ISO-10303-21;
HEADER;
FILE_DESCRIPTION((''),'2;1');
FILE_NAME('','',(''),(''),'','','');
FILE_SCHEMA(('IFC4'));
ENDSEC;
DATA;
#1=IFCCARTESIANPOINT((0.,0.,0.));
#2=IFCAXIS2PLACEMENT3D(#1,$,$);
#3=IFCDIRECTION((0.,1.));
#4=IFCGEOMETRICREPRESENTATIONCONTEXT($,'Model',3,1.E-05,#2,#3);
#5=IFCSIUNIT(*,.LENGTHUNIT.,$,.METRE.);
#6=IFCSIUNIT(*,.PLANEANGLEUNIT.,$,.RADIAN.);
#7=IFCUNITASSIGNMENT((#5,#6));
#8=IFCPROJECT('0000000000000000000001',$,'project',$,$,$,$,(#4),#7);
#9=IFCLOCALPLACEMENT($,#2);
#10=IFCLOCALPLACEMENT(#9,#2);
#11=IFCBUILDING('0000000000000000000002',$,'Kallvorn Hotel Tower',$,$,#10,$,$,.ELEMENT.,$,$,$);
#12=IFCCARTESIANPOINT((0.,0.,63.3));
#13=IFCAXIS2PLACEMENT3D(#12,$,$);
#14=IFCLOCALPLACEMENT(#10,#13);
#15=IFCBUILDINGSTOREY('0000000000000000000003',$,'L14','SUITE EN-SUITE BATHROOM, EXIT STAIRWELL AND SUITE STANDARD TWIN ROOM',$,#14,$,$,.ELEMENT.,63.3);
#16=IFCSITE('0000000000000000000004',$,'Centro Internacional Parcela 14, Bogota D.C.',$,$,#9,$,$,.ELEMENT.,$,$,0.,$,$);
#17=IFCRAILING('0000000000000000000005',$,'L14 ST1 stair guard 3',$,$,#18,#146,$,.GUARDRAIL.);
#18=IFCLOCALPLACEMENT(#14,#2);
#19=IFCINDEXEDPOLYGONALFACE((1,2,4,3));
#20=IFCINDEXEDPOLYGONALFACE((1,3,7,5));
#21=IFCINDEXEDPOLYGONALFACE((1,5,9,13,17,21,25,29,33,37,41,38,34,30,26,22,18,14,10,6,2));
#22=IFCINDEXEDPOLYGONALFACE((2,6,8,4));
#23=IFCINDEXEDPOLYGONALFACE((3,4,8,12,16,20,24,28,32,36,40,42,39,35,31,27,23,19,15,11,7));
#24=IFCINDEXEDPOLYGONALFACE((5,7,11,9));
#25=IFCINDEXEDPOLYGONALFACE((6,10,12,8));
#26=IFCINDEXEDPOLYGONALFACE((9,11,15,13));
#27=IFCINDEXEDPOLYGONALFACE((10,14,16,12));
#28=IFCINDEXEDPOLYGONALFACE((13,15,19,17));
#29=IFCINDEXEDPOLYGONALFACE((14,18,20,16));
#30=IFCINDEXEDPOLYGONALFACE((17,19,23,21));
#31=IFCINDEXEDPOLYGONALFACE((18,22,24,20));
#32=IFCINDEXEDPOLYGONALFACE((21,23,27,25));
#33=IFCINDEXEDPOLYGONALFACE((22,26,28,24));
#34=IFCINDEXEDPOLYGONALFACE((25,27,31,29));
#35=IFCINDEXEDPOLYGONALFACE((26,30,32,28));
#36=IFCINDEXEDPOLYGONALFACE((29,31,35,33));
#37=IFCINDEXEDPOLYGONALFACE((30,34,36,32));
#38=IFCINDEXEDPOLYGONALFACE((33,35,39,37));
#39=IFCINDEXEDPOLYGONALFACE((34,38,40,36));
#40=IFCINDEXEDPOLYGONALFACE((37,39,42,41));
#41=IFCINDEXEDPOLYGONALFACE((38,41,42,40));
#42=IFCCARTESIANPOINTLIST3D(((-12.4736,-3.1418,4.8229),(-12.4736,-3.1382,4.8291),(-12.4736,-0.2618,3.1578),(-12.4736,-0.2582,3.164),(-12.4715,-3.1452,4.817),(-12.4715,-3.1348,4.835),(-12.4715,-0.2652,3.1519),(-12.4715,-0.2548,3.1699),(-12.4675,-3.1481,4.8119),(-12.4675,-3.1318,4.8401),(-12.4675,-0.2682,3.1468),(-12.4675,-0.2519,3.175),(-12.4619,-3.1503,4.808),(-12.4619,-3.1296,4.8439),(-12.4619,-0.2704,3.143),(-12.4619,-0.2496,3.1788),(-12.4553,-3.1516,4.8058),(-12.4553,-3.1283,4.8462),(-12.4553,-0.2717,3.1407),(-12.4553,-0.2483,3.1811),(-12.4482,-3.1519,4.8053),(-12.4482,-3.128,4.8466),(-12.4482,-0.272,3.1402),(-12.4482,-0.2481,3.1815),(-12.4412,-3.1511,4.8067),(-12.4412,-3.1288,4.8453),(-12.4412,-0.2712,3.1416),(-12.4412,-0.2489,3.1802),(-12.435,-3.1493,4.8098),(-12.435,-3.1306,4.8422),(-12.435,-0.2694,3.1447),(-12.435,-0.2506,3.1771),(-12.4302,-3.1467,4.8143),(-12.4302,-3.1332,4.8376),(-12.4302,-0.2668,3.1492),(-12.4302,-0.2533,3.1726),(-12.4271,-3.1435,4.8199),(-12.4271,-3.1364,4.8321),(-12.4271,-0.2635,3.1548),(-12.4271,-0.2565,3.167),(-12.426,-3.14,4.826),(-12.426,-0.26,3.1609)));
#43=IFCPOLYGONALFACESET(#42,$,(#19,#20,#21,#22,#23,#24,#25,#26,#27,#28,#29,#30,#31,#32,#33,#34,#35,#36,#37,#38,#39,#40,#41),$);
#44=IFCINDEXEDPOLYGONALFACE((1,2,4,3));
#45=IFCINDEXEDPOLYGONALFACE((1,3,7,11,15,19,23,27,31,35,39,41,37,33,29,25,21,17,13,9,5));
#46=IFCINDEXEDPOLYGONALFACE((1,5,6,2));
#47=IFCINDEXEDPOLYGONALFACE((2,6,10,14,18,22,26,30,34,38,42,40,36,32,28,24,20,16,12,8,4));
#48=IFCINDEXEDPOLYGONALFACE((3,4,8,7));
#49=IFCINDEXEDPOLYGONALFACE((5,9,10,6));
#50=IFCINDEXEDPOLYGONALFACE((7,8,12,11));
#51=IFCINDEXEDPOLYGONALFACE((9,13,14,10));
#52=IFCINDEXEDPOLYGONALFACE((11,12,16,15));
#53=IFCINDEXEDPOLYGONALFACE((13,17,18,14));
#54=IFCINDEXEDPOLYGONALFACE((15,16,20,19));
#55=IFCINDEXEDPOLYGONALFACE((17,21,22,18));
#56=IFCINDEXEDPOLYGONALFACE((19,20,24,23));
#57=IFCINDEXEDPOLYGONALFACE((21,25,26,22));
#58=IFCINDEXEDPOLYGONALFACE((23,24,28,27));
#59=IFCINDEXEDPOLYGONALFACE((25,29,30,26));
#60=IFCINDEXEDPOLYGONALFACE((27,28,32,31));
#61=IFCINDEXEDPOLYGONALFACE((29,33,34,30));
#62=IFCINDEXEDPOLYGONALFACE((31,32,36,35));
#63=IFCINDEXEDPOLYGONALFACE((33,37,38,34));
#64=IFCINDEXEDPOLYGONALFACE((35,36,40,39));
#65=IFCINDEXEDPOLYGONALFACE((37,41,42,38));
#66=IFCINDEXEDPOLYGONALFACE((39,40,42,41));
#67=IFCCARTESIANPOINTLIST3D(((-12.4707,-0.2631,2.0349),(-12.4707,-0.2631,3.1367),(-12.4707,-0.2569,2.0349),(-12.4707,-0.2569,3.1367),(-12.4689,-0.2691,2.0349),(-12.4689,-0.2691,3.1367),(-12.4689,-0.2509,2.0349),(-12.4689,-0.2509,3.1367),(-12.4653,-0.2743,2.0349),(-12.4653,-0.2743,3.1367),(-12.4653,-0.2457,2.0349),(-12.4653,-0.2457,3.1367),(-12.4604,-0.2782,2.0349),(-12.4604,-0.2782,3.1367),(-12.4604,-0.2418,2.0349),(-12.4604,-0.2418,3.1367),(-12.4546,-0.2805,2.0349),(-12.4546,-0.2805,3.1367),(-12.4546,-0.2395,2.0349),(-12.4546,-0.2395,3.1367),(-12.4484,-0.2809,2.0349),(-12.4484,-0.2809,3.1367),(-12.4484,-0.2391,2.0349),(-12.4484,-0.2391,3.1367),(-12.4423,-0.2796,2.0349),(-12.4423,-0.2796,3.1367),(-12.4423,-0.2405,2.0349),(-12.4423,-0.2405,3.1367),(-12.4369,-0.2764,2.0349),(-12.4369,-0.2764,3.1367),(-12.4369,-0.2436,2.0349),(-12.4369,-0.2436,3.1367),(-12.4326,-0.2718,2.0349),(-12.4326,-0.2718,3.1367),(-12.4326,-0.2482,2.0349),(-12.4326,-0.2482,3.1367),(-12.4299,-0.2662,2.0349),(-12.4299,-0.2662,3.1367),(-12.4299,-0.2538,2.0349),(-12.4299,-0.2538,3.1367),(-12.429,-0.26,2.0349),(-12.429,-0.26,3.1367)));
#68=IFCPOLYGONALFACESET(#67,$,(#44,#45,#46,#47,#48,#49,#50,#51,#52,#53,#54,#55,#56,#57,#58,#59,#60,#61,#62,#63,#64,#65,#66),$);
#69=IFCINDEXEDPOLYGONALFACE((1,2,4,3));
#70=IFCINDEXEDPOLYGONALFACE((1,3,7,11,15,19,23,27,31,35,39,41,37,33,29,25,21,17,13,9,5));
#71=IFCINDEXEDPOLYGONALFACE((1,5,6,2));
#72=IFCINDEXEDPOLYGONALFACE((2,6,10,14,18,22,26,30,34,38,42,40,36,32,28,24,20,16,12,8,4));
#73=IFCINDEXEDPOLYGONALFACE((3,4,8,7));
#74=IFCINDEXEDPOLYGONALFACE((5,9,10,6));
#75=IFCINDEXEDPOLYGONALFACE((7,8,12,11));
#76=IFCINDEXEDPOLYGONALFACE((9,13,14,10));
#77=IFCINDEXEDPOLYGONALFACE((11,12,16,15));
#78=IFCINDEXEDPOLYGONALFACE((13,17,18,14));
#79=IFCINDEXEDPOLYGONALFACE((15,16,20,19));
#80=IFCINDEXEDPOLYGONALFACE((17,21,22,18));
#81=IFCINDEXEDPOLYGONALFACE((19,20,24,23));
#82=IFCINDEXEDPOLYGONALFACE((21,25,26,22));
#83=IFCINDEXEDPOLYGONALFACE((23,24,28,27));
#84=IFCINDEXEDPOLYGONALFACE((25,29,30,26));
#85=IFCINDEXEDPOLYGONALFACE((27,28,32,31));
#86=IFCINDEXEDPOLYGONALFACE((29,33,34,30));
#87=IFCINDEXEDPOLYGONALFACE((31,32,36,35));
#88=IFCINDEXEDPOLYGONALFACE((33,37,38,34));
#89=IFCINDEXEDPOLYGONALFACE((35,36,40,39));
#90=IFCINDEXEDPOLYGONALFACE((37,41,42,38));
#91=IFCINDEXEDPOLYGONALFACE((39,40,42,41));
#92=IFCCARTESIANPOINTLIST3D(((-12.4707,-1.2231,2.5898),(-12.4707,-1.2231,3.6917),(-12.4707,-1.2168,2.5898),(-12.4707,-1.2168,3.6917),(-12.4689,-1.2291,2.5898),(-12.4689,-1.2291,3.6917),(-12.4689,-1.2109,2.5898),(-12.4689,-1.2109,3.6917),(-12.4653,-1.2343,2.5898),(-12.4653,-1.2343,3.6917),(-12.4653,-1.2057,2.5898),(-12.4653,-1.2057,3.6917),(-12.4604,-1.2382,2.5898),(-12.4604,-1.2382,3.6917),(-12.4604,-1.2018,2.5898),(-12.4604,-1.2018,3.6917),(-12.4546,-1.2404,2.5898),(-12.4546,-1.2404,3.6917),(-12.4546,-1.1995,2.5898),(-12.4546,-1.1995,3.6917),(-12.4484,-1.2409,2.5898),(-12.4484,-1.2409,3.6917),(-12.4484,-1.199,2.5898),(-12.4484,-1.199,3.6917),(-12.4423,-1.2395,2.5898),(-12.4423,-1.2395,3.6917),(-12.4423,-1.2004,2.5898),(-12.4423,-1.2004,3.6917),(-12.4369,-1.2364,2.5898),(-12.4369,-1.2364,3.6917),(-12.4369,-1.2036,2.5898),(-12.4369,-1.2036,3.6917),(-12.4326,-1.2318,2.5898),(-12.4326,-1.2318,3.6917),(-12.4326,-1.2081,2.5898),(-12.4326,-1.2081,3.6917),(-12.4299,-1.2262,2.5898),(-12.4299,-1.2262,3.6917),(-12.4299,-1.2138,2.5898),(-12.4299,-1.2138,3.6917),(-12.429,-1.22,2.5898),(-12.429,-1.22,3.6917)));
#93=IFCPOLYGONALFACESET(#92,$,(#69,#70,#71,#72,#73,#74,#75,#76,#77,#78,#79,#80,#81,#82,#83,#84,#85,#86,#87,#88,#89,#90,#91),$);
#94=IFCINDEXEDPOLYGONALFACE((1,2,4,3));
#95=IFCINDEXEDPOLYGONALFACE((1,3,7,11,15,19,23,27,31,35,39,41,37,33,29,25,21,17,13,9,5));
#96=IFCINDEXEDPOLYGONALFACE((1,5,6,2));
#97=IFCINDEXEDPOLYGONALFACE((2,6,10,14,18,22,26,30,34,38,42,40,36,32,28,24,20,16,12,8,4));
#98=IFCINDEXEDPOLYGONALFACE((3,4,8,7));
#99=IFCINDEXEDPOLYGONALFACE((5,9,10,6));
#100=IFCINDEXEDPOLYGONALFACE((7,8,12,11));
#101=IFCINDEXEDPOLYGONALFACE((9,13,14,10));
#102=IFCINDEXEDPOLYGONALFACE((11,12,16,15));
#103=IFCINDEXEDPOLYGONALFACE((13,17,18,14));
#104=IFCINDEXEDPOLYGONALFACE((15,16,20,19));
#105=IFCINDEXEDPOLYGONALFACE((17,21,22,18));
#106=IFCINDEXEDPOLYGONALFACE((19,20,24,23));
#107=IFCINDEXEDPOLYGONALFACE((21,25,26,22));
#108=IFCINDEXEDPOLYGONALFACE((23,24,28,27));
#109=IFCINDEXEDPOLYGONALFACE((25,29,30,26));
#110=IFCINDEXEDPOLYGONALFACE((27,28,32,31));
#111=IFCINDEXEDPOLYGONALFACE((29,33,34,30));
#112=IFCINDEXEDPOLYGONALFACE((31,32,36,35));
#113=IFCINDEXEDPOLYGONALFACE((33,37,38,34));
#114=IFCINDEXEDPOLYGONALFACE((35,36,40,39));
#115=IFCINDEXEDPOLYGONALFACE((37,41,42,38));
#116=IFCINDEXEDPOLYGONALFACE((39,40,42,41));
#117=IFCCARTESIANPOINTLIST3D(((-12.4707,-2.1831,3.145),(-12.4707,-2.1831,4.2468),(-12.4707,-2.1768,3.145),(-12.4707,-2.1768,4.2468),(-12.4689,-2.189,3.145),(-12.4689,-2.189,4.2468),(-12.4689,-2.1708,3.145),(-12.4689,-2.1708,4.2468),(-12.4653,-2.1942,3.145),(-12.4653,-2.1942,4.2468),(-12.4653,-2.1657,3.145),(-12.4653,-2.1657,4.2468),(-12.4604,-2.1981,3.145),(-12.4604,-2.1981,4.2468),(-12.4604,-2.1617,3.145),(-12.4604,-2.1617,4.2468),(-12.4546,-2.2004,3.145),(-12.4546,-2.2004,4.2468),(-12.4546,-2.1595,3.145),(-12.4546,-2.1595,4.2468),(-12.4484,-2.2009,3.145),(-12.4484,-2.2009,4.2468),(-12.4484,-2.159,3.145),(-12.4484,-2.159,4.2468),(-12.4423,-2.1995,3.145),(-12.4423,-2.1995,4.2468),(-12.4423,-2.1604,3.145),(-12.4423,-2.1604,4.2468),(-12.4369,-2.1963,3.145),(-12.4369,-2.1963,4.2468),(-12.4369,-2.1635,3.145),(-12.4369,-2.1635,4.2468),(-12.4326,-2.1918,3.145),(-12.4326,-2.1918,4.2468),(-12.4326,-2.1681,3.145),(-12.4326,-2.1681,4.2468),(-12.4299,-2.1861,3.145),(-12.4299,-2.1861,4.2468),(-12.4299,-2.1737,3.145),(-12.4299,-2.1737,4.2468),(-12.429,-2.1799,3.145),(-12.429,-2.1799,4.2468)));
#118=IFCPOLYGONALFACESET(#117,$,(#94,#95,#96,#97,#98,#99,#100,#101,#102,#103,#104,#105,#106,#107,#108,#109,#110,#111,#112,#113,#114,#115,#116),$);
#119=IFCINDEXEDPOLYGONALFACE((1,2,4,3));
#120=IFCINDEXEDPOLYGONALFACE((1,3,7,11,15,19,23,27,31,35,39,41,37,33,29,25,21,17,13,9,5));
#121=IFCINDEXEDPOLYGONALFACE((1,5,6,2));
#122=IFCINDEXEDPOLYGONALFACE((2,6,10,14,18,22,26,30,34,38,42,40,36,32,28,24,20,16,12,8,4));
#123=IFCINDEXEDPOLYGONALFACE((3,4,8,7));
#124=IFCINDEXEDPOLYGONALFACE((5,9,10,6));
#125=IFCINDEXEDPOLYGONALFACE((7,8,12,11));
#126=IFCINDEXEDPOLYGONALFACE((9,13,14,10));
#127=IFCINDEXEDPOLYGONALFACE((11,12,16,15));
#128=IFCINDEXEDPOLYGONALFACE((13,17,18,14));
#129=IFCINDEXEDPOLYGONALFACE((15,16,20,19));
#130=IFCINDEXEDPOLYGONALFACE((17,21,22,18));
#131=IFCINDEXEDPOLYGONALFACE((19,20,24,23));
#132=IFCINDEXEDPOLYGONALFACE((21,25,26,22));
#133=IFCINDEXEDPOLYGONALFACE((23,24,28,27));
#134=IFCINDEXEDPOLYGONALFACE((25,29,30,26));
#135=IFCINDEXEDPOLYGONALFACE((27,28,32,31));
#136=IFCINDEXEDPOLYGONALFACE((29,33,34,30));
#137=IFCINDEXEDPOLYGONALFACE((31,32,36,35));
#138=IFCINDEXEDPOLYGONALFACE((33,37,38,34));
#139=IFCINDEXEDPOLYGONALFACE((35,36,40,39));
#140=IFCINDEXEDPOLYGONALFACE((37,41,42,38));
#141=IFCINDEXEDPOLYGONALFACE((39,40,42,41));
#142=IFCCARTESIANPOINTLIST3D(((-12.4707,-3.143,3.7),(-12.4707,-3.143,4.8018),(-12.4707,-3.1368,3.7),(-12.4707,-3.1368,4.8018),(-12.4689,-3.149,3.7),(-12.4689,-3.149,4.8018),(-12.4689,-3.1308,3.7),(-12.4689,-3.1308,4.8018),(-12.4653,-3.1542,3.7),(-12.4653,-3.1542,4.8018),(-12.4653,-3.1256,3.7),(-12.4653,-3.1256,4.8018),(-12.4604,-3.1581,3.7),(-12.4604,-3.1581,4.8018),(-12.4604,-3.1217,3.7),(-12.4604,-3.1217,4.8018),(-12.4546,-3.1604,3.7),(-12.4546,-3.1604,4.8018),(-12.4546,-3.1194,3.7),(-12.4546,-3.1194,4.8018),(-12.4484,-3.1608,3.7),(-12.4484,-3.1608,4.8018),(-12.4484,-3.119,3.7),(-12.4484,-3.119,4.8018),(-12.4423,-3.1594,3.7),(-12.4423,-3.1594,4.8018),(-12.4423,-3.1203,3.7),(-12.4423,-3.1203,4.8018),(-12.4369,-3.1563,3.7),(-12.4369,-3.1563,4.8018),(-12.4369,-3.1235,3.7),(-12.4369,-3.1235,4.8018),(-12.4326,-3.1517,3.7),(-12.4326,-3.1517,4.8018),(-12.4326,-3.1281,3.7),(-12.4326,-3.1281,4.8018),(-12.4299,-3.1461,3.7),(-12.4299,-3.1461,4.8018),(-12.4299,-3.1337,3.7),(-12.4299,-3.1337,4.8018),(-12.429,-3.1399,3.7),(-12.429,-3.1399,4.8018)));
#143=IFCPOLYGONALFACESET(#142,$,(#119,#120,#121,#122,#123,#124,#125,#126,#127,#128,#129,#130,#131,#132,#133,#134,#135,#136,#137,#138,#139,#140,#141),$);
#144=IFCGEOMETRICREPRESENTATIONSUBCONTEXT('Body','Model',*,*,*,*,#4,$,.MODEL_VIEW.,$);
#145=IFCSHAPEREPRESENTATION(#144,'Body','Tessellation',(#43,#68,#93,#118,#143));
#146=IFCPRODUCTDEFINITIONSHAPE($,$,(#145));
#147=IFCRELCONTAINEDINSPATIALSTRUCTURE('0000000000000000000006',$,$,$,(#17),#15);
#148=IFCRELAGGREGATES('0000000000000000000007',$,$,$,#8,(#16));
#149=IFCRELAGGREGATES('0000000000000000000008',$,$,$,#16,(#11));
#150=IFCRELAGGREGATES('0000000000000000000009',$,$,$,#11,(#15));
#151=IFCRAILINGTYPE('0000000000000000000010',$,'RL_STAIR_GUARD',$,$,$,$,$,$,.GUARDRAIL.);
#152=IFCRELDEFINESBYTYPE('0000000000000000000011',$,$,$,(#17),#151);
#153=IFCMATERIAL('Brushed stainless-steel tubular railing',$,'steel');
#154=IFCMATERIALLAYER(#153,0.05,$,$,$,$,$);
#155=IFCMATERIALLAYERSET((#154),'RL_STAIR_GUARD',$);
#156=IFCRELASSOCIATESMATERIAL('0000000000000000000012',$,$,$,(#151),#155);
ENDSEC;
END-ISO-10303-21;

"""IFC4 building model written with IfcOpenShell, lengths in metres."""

from ifc_helpers import new_model, si_unit, direction, frame, origin, origin_2d, place, context, subcontext, project, spatial, circle, extrude, material, layer, layer_set, type_object, element, save


model = new_model("IFC4")

# Units and contexts
model_context = context("Model", 3, precision=1e-05, world=origin(), true_north=direction((0.0, 1.0)))
body_context = subcontext(model_context, "Body", "Model", "MODEL_VIEW")
ifc_project = project(units=[si_unit("LENGTHUNIT", "METRE"), si_unit("PLANEANGLEUNIT", "RADIAN")], contexts=[model_context])

# Site, building, storey
site_placement = place(None, origin())
site = spatial("IfcSite", under=ifc_project, at=site_placement, Name="Centro Internacional Parcela 14, Bogota D.C.", CompositionType="ELEMENT", RefElevation=0.0)
building_placement = place(site_placement, origin())
building = spatial("IfcBuilding", under=site, at=building_placement, Name="Kallvorn Hotel Tower", CompositionType="ELEMENT")
storey_placement = place(building_placement, frame((0.0, 0.0, 63.3)))
storey = spatial("IfcBuildingStorey", under=building, at=storey_placement, Name="L14", Description="SUITE EN-SUITE BATHROOM, EXIT STAIRWELL AND SUITE STANDARD TWIN ROOM", CompositionType="ELEMENT", Elevation=63.3)

# Railing
ifc_material_1 = material(Name="Brushed stainless-steel tubular railing", Category="steel")
ifc_layer_1 = layer(ifc_material_1, 0.05)
ifc_layer_set_1 = layer_set([ifc_layer_1], Name="RL_STAIR_GUARD")
railing_type_1 = type_object("IfcRailingType", Name="RL_STAIR_GUARD", PredefinedType="GUARDRAIL", material=ifc_layer_set_1)
railing_1_placement = place(storey_placement, frame((-12.45, -0.26, 2.0349)))
element("IfcRailing", 1, at=railing_1_placement, inside=storey, type_object=railing_type_1, Name="L14 ST1 stair guard 3", PredefinedType="GUARDRAIL", context=body_context, shape_type="SweptSolid", body=[
    extrude(circle(Radius=0.0239, at=origin_2d()), frame((0.0, 0.0, 1.126), z_axis=(0.0, -0.865721, 0.500527), x_axis=(1.0, 0.0, 0.0)), (0.0, 0.0, 1.0), 3.3267),
    extrude(circle(Radius=0.021, at=origin_2d()), origin(), (0.0, 0.0, 1.0), 1.1018),
    extrude(circle(Radius=0.021, at=origin_2d()), frame((0.0, -0.96, 0.5549)), (0.0, 0.0, 1.0), 1.1018),
    extrude(circle(Radius=0.021, at=origin_2d()), frame((0.0, -1.9199, 1.1101)), (0.0, 0.0, 1.0), 1.1018),
    extrude(circle(Radius=0.021, at=origin_2d()), frame((0.0, -2.8799, 1.665)), (0.0, 0.0, 1.0), 1.1018),
])

save(model, "model.ifc")
